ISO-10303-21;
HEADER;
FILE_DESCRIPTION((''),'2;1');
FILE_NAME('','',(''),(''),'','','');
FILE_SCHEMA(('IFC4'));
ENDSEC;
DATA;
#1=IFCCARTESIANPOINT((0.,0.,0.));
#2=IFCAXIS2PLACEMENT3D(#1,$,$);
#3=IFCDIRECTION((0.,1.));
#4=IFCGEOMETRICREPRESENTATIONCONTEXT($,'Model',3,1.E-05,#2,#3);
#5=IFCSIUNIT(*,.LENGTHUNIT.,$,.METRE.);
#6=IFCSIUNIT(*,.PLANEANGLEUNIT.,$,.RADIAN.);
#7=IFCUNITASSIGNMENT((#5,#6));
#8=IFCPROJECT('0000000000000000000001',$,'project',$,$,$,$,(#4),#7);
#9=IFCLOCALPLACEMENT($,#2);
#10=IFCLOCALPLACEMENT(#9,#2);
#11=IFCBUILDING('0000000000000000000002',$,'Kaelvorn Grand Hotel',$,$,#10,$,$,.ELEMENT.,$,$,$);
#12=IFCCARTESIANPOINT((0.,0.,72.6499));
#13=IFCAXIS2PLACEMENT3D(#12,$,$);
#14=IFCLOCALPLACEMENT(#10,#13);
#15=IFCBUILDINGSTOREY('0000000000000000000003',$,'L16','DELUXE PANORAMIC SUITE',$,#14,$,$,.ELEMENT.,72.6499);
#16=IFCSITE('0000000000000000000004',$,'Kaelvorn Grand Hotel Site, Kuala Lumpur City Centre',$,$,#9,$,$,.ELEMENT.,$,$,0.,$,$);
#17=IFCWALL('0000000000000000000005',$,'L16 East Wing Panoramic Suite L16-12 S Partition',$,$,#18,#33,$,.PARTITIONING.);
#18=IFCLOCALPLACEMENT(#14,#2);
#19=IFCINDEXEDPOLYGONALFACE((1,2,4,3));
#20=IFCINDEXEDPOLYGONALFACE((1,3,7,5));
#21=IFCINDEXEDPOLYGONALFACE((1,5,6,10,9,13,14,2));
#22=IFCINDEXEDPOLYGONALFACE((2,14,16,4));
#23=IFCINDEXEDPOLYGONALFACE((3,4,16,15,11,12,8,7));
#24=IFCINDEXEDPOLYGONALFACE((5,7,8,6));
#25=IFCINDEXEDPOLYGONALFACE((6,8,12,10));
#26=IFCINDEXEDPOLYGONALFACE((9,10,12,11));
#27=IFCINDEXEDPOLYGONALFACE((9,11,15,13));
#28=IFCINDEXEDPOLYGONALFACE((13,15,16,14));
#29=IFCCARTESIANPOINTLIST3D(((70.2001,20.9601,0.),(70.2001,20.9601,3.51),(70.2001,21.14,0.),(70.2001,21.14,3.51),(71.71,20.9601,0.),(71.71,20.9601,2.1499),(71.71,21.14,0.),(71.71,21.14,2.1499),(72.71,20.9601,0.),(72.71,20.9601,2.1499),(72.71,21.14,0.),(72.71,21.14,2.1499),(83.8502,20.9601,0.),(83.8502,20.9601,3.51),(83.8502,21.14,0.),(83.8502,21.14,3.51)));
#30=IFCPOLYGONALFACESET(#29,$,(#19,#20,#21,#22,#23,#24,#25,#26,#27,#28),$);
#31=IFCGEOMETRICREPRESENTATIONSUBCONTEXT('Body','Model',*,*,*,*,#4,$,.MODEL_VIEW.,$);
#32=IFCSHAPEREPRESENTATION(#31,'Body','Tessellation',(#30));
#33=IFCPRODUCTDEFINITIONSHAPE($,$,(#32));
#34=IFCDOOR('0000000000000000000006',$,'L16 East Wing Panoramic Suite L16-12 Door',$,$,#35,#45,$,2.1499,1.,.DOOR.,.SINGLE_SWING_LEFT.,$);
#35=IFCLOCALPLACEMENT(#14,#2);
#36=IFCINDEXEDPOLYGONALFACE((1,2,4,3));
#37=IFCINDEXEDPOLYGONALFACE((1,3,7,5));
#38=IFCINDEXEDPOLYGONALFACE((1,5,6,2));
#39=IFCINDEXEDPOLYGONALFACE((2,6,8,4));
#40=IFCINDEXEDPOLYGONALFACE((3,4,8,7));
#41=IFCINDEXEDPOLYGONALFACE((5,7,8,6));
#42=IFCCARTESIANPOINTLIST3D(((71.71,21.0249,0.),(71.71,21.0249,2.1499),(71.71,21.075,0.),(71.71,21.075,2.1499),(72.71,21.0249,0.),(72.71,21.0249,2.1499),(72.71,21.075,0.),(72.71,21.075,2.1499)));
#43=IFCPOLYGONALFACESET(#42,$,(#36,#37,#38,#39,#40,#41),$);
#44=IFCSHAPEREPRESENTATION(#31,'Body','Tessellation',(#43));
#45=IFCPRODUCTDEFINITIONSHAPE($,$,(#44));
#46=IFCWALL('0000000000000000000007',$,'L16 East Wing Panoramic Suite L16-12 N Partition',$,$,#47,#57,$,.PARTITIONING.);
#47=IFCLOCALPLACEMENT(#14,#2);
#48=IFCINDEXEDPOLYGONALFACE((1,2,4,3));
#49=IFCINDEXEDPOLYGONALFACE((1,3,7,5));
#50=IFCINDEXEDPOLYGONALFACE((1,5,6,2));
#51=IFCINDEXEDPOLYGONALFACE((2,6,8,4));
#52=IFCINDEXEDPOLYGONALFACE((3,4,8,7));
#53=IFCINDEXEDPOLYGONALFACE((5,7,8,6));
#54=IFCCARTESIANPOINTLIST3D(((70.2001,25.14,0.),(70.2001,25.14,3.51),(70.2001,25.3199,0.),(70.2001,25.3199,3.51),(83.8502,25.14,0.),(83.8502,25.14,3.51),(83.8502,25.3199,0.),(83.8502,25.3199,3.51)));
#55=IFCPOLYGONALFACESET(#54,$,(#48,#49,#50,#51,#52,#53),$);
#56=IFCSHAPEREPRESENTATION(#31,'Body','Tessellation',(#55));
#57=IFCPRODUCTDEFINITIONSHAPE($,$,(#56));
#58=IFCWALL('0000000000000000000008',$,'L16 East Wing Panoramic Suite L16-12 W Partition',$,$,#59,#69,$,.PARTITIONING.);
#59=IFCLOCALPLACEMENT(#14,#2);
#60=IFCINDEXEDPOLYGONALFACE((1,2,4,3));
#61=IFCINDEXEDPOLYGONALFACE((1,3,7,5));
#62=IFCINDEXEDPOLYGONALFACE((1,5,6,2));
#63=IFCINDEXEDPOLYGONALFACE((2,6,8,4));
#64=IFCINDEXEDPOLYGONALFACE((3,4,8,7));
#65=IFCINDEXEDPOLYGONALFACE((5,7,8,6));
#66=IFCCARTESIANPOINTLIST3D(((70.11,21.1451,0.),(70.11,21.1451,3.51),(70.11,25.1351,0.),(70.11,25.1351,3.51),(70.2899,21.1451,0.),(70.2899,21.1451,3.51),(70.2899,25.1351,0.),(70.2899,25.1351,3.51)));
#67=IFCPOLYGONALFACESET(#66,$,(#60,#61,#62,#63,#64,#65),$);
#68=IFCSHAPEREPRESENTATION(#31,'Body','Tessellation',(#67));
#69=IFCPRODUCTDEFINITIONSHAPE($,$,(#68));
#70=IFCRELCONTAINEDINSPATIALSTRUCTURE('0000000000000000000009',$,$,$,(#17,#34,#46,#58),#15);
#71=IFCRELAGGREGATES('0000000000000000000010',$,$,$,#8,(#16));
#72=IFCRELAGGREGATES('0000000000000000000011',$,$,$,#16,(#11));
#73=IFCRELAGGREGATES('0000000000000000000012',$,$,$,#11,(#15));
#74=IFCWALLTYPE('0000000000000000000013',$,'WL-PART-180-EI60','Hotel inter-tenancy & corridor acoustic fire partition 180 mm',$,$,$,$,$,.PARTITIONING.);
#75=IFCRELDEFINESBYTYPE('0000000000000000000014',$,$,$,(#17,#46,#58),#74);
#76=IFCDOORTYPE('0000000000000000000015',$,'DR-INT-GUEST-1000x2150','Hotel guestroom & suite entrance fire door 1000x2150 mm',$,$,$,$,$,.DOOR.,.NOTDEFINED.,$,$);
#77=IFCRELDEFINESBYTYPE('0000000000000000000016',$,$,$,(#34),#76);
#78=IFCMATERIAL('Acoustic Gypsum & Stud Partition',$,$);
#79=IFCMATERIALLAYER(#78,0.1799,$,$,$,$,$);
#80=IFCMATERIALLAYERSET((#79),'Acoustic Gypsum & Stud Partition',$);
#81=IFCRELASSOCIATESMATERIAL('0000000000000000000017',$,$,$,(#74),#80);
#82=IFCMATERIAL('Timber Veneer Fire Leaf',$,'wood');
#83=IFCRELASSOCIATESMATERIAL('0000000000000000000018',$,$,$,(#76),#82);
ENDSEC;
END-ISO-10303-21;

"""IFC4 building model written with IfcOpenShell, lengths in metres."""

from ifc_helpers import new_model, si_unit, direction, frame, frame_2d, origin, place, context, subcontext, project, spatial, rectangle, extrude, material, layer, layer_set, type_object, element, fill, save


model = new_model("IFC4")

# Units and contexts
model_context = context("Model", 3, precision=1e-05, world=origin(), true_north=direction((0.0, 1.0)))
body_context = subcontext(model_context, "Body", "Model", "MODEL_VIEW")
ifc_project = project(units=[si_unit("LENGTHUNIT", "METRE"), si_unit("PLANEANGLEUNIT", "RADIAN")], contexts=[model_context])

# Site, building, storey
site_placement = place(None, origin())
site = spatial("IfcSite", under=ifc_project, at=site_placement, Name="Kaelvorn Grand Hotel Site, Kuala Lumpur City Centre", CompositionType="ELEMENT", RefElevation=0.0)
building_placement = place(site_placement, origin())
building = spatial("IfcBuilding", under=site, at=building_placement, Name="Kaelvorn Grand Hotel", CompositionType="ELEMENT")
storey_placement = place(building_placement, frame((0.0, 0.0, 72.6499)))
storey = spatial("IfcBuildingStorey", under=building, at=storey_placement, Name="L16", Description="DELUXE PANORAMIC SUITE", CompositionType="ELEMENT", Elevation=72.6499)

# Shared definitions
ifc_material_1 = material(Name="Acoustic Gypsum & Stud Partition")

# Wall, opening, door
ifc_layer_1 = layer(ifc_material_1, 0.1799)
ifc_layer_set_1 = layer_set([ifc_layer_1], Name="Acoustic Gypsum & Stud Partition")
wall_type_1 = type_object("IfcWallType", Name="WL-PART-180-EI60", Description="Hotel inter-tenancy & corridor acoustic fire partition 180 mm", PredefinedType="PARTITIONING", material=ifc_layer_set_1)
ifc_material_2 = material(Name="Timber Veneer Fire Leaf", Category="wood")
door_type_1 = type_object("IfcDoorType", Name="DR-INT-GUEST-1000x2150", Description="Hotel guestroom & suite entrance fire door 1000x2150 mm", OperationType="NOTDEFINED", PredefinedType="DOOR", material=ifc_material_2)
wall_1_placement = place(storey_placement, frame((70.2, 21.05, 0.0), z_axis=(0.0, 0.0, 1.0), x_axis=(1.0, 0.0, 0.0)))
wall_1 = element("IfcWall", 1, at=wall_1_placement, inside=storey, type_object=wall_type_1, Name="L16 East Wing Panoramic Suite L16-12 S Partition", PredefinedType="PARTITIONING", context=body_context, shape_type="SweptSolid", body=[
    extrude(rectangle(XDim=13.6501, YDim=0.1799, at=frame_2d((6.8252, 0.0))), origin(), (0.0, 0.0, 1.0), 3.51),
])
opening_1_placement = place(wall_1_placement, frame((1.51, 0.0, 0.0)))
opening_1 = element("IfcOpeningElement", 2, at=opening_1_placement, cuts=wall_1, PredefinedType="OPENING", context=body_context, shape_type="SweptSolid", body=[
    extrude(rectangle(XDim=1.0, YDim=2.1499, at=frame_2d((0.5, 1.075))), frame((0.0, 0.1001, 0.0), z_axis=(0.0, -1.0, 0.0), x_axis=(1.0, 0.0, 0.0)), (0.0, 0.0, 1.0), 0.2),
])
door_1_placement = place(opening_1_placement, origin())
door_1 = element("IfcDoor", 3, at=door_1_placement, inside=storey, type_object=door_type_1, Name="L16 East Wing Panoramic Suite L16-12 Door", OperationType="SINGLE_SWING_LEFT", OverallHeight=2.1499, OverallWidth=1.0, PredefinedType="DOOR", context=body_context, shape_type="SweptSolid", body=[
    extrude(rectangle(XDim=1.0, YDim=2.1499, at=frame_2d((0.5, 1.075))), frame((0.0, 0.0249, 0.0), z_axis=(0.0, -1.0, 0.0), x_axis=(1.0, 0.0, 0.0)), (0.0, 0.0, 1.0), 0.05),
])
fill(opening_1, door_1)

# Walls
wall_2_placement = place(storey_placement, frame((70.2, 25.23, 0.0), z_axis=(0.0, 0.0, 1.0), x_axis=(1.0, 0.0, 0.0)))
element("IfcWall", 4, at=wall_2_placement, inside=storey, type_object=wall_type_1, Name="L16 East Wing Panoramic Suite L16-12 N Partition", PredefinedType="PARTITIONING", context=body_context, shape_type="SweptSolid", body=[
    extrude(rectangle(XDim=13.6501, YDim=0.1799, at=frame_2d((6.8252, 0.0))), origin(), (0.0, 0.0, 1.0), 3.51),
])
wall_3_placement = place(storey_placement, frame((70.2, 21.145, 0.0), z_axis=(0.0, 0.0, 1.0), x_axis=(0.0, 1.0, 0.0)))
element("IfcWall", 5, at=wall_3_placement, inside=storey, type_object=wall_type_1, Name="L16 East Wing Panoramic Suite L16-12 W Partition", PredefinedType="PARTITIONING", context=body_context, shape_type="SweptSolid", body=[
    extrude(rectangle(XDim=3.99, YDim=0.1799, at=frame_2d((1.9951, 0.0))), origin(), (0.0, 0.0, 1.0), 3.51),
])

save(model, "model.ifc")
